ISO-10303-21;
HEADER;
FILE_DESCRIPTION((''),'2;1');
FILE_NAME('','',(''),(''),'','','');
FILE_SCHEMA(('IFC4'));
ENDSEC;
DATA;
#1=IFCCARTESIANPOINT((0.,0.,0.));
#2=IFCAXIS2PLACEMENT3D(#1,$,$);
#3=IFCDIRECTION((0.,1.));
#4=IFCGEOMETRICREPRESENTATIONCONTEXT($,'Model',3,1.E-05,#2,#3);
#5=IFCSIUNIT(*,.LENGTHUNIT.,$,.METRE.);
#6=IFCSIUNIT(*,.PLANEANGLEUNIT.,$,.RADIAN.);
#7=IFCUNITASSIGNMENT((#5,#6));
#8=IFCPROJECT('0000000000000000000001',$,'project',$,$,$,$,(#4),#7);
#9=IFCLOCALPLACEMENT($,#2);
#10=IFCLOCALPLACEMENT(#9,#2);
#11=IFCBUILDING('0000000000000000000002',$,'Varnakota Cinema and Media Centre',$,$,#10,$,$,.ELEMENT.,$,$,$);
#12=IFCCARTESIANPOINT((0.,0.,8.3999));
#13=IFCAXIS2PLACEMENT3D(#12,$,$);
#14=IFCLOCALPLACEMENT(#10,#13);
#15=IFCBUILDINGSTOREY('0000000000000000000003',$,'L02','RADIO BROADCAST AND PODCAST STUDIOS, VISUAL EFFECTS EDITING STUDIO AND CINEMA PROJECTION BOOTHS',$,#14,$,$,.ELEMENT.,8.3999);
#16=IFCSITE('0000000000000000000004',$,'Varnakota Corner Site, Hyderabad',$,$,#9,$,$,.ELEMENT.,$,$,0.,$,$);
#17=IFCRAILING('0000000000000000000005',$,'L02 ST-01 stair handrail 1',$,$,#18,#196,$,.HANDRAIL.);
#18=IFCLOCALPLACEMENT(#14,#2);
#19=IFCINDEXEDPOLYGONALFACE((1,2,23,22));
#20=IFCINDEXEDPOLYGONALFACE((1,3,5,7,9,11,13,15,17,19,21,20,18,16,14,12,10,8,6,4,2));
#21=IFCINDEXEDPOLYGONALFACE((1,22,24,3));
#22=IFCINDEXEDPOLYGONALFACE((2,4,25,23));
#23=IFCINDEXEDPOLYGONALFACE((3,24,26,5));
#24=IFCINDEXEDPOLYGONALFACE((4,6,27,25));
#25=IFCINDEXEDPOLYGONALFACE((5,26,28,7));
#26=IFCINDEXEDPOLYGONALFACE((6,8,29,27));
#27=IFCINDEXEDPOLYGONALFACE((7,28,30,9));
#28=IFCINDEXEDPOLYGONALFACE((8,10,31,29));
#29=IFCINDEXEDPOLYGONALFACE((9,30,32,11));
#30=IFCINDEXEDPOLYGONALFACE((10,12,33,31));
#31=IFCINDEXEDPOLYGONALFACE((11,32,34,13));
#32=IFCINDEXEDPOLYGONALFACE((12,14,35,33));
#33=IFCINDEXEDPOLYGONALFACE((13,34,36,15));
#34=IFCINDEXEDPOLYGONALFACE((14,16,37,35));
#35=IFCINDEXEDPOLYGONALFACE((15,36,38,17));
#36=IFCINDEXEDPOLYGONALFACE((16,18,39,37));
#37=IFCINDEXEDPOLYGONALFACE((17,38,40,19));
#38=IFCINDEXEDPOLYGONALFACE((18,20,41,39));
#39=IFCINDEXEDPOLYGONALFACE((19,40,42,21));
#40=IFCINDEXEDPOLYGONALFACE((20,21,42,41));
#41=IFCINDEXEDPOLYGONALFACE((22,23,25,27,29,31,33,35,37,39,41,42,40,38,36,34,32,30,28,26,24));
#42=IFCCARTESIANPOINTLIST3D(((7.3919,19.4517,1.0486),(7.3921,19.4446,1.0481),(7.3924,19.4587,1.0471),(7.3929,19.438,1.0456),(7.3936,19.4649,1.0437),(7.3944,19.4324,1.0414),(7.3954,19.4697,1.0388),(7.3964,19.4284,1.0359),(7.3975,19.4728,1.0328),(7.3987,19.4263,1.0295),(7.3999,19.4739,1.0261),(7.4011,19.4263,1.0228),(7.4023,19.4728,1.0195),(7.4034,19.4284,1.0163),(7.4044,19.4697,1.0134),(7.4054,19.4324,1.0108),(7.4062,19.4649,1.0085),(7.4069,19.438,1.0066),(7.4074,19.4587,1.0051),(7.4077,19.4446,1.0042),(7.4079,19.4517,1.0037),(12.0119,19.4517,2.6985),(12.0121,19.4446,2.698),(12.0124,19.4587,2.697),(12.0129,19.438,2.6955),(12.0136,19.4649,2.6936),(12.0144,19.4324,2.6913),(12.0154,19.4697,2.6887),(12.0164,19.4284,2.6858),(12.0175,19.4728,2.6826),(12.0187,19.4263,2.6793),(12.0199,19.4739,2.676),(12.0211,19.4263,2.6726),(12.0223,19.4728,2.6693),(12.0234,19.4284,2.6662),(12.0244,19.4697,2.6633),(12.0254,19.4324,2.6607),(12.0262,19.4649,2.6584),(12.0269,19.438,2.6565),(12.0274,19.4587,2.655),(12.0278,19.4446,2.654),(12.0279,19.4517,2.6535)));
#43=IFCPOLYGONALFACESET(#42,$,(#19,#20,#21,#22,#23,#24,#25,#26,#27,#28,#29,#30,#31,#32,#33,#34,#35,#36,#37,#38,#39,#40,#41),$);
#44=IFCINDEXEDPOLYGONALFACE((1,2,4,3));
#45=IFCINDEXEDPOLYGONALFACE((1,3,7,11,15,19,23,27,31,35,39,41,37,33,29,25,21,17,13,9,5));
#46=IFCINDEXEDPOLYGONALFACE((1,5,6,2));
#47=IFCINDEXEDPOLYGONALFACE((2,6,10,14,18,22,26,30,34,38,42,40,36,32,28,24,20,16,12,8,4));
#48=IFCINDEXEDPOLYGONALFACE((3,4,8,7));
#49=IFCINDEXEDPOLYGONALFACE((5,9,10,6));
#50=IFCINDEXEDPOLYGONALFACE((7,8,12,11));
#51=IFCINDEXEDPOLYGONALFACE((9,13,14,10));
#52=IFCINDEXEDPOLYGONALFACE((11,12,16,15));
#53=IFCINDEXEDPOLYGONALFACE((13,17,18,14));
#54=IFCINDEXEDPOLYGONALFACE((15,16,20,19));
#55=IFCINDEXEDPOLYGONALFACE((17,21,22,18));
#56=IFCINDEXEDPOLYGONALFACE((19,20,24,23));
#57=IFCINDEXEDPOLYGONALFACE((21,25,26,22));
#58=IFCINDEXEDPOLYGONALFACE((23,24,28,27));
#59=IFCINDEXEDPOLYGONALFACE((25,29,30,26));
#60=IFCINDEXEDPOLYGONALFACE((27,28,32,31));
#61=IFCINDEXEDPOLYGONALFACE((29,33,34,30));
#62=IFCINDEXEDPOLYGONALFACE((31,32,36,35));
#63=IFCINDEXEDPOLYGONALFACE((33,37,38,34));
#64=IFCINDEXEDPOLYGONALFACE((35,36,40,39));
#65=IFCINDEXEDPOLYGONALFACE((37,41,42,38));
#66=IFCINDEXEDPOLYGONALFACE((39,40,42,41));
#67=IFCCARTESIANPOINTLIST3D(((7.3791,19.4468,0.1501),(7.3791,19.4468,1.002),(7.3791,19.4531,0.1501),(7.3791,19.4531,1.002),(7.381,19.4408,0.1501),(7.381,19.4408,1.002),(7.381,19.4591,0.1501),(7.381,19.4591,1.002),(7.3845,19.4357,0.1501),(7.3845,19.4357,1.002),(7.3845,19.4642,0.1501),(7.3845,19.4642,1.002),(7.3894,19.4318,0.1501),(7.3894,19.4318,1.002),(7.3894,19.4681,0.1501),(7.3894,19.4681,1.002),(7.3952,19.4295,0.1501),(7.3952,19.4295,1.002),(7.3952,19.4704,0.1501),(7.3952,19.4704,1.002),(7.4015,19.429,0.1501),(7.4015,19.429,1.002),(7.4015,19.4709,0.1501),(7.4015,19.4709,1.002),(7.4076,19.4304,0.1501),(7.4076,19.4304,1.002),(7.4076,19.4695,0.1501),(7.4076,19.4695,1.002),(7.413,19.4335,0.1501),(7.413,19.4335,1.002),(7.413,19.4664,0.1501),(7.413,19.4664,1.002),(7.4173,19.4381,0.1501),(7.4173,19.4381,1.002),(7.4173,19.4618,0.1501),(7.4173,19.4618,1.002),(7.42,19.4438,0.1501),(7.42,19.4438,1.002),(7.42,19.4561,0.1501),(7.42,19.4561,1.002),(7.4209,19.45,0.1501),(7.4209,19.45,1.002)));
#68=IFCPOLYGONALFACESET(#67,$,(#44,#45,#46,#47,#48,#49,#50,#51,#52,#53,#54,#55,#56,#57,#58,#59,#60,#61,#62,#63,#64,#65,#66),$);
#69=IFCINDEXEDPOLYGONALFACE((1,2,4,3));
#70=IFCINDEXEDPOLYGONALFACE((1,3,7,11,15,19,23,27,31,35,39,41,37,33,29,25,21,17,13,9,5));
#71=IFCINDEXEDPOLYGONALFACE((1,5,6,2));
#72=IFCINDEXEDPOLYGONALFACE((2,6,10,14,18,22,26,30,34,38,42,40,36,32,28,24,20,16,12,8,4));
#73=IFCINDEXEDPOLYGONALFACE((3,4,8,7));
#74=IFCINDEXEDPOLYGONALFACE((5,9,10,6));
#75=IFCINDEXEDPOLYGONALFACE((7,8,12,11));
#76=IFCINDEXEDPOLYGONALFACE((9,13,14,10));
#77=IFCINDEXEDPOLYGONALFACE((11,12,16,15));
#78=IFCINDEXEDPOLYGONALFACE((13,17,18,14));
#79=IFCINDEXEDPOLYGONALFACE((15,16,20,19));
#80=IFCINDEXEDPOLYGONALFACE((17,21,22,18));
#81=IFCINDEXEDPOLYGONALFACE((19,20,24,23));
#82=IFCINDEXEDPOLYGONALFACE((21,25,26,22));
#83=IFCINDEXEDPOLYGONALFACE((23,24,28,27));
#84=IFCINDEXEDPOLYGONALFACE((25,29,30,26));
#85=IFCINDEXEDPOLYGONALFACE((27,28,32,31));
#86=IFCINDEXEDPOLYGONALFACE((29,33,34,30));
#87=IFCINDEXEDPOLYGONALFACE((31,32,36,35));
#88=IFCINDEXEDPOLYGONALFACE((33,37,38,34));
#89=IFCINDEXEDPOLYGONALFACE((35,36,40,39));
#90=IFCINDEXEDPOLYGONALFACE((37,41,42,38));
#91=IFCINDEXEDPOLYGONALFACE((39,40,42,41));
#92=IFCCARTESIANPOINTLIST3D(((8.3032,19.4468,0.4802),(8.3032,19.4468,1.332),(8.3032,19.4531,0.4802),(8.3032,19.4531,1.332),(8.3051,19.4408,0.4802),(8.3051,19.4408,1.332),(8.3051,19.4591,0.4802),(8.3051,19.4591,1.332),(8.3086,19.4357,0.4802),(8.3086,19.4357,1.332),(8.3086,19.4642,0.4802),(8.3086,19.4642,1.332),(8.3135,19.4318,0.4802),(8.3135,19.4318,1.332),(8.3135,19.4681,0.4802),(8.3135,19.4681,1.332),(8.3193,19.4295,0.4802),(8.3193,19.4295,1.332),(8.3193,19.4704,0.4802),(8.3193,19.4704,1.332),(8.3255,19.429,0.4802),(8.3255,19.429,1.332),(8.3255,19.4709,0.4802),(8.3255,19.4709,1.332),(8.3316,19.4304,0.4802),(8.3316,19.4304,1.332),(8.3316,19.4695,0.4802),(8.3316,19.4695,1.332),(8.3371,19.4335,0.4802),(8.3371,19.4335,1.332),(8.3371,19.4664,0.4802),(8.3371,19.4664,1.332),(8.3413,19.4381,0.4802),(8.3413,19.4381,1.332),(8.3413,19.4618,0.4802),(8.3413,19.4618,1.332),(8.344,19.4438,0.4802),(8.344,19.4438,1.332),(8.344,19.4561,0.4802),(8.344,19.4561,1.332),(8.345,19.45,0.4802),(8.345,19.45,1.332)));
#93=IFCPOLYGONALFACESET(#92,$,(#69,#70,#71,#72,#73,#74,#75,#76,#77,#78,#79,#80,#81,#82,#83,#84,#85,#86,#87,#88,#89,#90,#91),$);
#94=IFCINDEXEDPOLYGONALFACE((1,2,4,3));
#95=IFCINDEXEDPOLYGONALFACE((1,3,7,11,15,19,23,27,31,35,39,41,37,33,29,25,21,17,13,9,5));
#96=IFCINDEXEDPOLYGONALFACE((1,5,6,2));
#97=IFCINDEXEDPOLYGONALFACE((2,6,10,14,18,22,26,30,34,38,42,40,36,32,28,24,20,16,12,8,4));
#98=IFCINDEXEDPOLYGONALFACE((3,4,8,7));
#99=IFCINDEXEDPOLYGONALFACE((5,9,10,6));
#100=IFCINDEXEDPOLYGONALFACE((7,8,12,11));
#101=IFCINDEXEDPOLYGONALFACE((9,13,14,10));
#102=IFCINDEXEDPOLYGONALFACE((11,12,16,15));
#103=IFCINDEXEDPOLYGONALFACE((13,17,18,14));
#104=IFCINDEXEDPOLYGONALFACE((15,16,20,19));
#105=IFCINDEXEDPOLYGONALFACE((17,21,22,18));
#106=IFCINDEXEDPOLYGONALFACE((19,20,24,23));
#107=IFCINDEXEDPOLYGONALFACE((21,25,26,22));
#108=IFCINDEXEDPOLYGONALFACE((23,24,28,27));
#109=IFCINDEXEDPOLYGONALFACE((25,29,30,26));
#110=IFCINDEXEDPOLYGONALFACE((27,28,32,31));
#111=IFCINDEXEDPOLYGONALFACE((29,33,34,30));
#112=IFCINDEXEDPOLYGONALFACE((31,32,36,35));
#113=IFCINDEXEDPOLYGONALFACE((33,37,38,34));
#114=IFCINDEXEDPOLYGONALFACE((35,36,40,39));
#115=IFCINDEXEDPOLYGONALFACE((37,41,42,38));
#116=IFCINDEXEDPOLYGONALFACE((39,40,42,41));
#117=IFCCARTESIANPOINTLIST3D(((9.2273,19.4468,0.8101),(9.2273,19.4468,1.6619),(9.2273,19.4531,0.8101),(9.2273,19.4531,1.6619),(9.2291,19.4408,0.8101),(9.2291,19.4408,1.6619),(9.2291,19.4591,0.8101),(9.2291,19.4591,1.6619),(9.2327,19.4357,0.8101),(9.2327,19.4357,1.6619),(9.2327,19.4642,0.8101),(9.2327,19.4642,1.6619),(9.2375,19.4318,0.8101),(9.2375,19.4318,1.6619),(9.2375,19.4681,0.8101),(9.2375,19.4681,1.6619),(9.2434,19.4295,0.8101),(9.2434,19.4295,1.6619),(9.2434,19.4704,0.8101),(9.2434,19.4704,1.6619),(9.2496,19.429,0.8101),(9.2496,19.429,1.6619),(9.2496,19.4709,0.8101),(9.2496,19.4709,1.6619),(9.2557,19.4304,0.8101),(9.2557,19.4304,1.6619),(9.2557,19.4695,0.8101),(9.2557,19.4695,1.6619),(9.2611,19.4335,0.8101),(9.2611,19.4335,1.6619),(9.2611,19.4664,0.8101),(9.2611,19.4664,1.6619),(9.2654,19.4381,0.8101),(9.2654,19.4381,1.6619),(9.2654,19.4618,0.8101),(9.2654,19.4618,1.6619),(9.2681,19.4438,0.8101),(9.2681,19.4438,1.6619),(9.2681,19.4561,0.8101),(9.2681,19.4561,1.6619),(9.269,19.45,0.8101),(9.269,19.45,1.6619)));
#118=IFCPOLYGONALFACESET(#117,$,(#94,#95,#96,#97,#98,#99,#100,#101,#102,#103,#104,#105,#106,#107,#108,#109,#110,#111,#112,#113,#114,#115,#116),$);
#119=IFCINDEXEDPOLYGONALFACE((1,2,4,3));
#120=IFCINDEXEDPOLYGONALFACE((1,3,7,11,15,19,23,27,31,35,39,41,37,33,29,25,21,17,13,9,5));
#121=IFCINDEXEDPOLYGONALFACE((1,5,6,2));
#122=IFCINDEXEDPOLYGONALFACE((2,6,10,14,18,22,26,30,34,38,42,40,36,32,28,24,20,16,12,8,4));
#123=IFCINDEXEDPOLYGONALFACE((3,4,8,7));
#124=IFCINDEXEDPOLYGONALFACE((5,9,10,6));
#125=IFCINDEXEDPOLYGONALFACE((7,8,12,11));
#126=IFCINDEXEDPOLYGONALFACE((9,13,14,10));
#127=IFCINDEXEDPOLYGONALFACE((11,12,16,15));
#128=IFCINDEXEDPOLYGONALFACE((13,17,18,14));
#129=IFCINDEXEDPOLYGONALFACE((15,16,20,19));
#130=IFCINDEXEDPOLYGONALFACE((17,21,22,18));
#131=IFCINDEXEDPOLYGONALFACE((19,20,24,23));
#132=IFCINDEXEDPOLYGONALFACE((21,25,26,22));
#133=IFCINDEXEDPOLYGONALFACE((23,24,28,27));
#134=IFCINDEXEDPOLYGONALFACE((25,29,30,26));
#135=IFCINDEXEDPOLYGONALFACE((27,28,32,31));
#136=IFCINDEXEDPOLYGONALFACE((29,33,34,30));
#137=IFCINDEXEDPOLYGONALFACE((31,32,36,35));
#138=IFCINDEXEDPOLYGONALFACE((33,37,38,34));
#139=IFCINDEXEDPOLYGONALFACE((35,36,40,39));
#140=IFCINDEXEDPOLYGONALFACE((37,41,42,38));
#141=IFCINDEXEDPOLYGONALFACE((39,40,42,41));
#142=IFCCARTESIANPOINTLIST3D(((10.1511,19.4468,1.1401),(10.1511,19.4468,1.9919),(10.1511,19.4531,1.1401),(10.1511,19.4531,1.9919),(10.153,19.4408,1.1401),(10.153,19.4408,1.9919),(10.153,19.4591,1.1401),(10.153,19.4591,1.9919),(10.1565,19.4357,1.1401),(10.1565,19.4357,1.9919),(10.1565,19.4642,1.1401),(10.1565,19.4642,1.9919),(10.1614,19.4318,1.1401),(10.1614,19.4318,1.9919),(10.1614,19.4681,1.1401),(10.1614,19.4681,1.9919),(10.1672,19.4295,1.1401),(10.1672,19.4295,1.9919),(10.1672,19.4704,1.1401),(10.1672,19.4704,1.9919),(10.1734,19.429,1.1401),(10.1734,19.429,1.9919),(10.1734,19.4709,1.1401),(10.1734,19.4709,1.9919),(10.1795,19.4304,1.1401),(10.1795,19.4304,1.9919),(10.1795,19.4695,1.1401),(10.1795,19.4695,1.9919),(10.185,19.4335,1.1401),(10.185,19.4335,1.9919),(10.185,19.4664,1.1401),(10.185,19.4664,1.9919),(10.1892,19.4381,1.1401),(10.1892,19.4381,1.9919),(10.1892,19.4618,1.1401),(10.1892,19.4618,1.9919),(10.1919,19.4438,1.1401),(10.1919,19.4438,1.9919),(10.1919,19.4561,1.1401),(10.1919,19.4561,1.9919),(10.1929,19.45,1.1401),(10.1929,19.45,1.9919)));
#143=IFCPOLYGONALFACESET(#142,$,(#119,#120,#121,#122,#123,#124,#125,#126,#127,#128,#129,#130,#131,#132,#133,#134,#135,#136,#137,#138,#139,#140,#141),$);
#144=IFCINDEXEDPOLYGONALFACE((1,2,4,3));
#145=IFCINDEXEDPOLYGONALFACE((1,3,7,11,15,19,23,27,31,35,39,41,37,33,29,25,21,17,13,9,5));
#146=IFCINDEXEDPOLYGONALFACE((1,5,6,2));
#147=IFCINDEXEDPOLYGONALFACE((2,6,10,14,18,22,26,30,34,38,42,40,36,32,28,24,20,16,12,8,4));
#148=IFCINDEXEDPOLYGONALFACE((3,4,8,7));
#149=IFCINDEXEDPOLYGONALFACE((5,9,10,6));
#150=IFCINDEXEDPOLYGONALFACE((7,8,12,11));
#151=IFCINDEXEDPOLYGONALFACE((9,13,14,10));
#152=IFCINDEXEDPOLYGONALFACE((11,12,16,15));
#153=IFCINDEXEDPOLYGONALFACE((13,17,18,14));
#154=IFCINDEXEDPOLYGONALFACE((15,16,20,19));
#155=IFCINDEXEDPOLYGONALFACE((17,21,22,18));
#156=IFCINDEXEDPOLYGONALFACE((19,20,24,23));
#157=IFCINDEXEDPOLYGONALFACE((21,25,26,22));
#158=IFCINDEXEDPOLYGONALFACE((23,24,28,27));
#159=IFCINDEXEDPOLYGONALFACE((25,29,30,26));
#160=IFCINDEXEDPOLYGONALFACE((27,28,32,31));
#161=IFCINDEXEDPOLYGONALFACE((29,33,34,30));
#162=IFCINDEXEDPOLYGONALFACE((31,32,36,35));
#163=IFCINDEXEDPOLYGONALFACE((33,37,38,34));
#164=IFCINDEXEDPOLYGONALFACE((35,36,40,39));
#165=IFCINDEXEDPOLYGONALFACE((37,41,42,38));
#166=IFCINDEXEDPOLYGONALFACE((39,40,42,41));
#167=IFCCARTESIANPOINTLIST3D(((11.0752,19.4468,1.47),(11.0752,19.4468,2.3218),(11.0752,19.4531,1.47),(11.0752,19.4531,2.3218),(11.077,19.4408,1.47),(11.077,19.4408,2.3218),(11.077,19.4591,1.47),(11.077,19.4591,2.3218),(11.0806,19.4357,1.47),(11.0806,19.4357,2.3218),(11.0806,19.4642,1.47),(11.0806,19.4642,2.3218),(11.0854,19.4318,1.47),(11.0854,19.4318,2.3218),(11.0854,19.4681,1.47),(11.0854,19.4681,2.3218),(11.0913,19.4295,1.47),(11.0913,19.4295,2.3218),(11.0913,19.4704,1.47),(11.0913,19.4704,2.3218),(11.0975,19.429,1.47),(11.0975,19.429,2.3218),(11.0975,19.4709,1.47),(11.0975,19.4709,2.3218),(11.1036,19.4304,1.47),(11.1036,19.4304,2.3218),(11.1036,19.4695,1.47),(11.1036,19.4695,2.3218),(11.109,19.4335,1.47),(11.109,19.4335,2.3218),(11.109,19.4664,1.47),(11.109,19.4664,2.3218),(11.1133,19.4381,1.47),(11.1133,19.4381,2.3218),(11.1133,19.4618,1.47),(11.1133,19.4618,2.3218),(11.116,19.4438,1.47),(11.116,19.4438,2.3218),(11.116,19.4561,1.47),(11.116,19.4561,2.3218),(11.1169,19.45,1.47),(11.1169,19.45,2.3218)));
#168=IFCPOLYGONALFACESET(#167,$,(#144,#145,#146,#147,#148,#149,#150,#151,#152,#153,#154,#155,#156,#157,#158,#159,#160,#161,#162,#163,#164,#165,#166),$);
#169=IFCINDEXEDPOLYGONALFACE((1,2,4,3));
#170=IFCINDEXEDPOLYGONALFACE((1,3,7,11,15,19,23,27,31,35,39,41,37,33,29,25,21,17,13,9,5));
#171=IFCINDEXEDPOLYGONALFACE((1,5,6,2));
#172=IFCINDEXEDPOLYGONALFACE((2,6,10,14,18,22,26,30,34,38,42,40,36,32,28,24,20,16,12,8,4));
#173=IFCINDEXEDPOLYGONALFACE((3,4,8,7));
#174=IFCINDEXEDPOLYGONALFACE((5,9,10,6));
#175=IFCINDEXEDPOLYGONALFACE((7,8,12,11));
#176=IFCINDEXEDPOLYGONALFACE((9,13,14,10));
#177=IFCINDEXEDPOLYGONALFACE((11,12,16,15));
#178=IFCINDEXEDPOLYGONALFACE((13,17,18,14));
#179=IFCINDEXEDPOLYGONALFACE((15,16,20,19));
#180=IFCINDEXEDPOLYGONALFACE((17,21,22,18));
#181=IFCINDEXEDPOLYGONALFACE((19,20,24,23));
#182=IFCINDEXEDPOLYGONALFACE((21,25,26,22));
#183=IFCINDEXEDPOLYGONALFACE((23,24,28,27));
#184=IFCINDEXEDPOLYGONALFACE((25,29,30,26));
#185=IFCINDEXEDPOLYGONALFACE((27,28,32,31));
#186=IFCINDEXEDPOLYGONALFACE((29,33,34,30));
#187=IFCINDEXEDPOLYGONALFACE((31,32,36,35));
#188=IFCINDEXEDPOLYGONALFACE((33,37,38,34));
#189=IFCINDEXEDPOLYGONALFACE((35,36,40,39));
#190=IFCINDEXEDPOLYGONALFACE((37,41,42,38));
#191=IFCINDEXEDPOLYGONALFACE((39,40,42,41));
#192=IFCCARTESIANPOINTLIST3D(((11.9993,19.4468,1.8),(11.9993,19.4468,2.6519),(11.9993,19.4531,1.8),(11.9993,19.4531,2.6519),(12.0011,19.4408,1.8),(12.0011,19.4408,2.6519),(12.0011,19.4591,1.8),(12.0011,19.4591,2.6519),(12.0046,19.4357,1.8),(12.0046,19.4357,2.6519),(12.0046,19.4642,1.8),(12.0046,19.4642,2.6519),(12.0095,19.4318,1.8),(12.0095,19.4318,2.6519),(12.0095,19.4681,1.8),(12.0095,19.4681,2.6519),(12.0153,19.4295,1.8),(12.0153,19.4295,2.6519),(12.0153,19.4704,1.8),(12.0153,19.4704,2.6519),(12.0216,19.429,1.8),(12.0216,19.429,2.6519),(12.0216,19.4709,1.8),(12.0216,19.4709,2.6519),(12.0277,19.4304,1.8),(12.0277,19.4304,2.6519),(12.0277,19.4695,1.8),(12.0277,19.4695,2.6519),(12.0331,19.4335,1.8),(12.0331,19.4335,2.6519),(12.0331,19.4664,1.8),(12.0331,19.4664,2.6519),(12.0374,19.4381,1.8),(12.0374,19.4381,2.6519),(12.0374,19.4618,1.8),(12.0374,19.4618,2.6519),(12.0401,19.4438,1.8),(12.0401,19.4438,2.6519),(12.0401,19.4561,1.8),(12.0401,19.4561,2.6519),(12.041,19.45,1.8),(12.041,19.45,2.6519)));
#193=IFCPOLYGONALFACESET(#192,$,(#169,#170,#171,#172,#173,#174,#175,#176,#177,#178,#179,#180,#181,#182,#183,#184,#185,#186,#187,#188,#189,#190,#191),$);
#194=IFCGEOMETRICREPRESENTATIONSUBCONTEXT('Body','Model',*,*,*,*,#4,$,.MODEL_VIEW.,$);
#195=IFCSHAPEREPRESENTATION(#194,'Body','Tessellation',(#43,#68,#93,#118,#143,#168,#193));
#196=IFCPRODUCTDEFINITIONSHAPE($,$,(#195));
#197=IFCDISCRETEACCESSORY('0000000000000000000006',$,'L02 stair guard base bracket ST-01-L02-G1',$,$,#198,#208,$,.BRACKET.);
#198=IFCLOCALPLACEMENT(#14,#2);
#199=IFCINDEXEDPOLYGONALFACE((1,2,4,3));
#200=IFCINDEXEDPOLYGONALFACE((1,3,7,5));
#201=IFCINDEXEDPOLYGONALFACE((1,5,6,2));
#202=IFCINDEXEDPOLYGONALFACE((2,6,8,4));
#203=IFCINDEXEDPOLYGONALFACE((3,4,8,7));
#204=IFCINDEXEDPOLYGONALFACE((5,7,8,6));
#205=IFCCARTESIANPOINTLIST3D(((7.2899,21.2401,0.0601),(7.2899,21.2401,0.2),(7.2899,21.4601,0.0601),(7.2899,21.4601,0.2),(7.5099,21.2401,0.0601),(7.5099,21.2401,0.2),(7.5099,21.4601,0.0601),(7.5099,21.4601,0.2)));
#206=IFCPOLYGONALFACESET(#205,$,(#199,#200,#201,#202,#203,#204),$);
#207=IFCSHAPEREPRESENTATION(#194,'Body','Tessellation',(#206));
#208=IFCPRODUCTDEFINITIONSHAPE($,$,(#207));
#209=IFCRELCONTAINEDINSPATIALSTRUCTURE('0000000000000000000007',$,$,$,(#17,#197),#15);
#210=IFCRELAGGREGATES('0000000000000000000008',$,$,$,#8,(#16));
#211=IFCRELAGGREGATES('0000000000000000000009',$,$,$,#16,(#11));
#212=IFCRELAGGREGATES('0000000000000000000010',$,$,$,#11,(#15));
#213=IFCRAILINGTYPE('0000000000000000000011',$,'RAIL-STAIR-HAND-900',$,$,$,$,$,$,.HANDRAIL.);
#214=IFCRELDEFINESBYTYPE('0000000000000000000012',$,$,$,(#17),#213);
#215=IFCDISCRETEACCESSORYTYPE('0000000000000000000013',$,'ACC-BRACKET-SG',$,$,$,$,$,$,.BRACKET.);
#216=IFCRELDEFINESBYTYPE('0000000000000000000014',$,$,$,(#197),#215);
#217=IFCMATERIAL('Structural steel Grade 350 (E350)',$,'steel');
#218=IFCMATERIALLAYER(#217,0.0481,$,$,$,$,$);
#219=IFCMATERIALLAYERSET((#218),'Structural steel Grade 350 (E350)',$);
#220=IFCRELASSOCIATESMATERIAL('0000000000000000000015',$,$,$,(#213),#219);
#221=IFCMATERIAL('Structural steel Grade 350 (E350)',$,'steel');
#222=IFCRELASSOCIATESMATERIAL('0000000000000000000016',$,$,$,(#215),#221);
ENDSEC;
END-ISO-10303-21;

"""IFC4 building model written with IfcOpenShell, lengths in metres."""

from ifc_helpers import new_model, si_unit, direction, frame, origin, origin_2d, place, context, subcontext, project, spatial, rectangle, circle, extrude, material, layer, layer_set, type_object, element, save


model = new_model("IFC4")

# Units and contexts
model_context = context("Model", 3, precision=1e-05, world=origin(), true_north=direction((0.0, 1.0)))
body_context = subcontext(model_context, "Body", "Model", "MODEL_VIEW")
ifc_project = project(units=[si_unit("LENGTHUNIT", "METRE"), si_unit("PLANEANGLEUNIT", "RADIAN")], contexts=[model_context])

# Site, building, storey
site_placement = place(None, origin())
site = spatial("IfcSite", under=ifc_project, at=site_placement, Name="Varnakota Corner Site, Hyderabad", CompositionType="ELEMENT", RefElevation=0.0)
building_placement = place(site_placement, origin())
building = spatial("IfcBuilding", under=site, at=building_placement, Name="Varnakota Cinema and Media Centre", CompositionType="ELEMENT")
storey_placement = place(building_placement, frame((0.0, 0.0, 8.3999)))
storey = spatial("IfcBuildingStorey", under=building, at=storey_placement, Name="L02", Description="RADIO BROADCAST AND PODCAST STUDIOS, VISUAL EFFECTS EDITING STUDIO AND CINEMA PROJECTION BOOTHS", CompositionType="ELEMENT", Elevation=8.3999)

# Railing
ifc_material_1 = material(Name="Structural steel Grade 350 (E350)", Category="steel")
ifc_layer_1 = layer(ifc_material_1, 0.0481)
ifc_layer_set_1 = layer_set([ifc_layer_1], Name="Structural steel Grade 350 (E350)")
railing_type_1 = type_object("IfcRailingType", Name="RAIL-STAIR-HAND-900", PredefinedType="HANDRAIL", material=ifc_layer_set_1)
railing_1_placement = place(storey_placement, frame((7.3999, 19.45, 0.1501)))
element("IfcRailing", 1, at=railing_1_placement, inside=storey, type_object=railing_type_1, Name="L02 ST-01 stair handrail 1", PredefinedType="HANDRAIL", context=body_context, shape_type="SweptSolid", body=[
    extrude(circle(Radius=0.0239, at=origin_2d()), frame((0.0, 0.0, 0.876), z_axis=(0.941751, 0.0, 0.336311), x_axis=(0.0, 1.0, 0.0)), (0.0, 0.0, 1.0), 4.9058),
    extrude(circle(Radius=0.021, at=origin_2d()), origin(), (0.0, 0.0, 1.0), 0.8518),
    extrude(circle(Radius=0.021, at=origin_2d()), frame((0.9241, 0.0, 0.3301)), (0.0, 0.0, 1.0), 0.8518),
    extrude(circle(Radius=0.021, at=origin_2d()), frame((1.8481, 0.0, 0.6599)), (0.0, 0.0, 1.0), 0.8518),
    extrude(circle(Radius=0.021, at=origin_2d()), frame((2.772, 0.0, 0.99)), (0.0, 0.0, 1.0), 0.8518),
    extrude(circle(Radius=0.021, at=origin_2d()), frame((3.696, 0.0, 1.3198)), (0.0, 0.0, 1.0), 0.8518),
    extrude(circle(Radius=0.021, at=origin_2d()), frame((4.6201, 0.0, 1.6499)), (0.0, 0.0, 1.0), 0.8518),
])

# Discrete accessory
ifc_material_2 = material(Name="Structural steel Grade 350 (E350)", Category="steel")
discrete_accessory_type = type_object("IfcDiscreteAccessoryType", Name="ACC-BRACKET-SG", PredefinedType="BRACKET", material=ifc_material_2)
for number, where, z_axis, x_axis, name in (
    (2, (7.3999, 21.3501, 0.0601), (0.0, 0.0, 1.0), (1.0, 0.0, 0.0), "L02 stair guard base bracket ST-01-L02-G1"),
):
    element("IfcDiscreteAccessory", number, at=place(storey_placement, frame(where, z_axis=z_axis, x_axis=x_axis)), inside=storey, type_object=discrete_accessory_type, Name=name, PredefinedType="BRACKET", context=body_context, shape_type="SweptSolid", body=[
        extrude(rectangle(XDim=0.22, YDim=0.22, at=origin_2d()), origin(), (0.0, 0.0, 1.0), 0.1399),
    ])

save(model, "model.ifc")
